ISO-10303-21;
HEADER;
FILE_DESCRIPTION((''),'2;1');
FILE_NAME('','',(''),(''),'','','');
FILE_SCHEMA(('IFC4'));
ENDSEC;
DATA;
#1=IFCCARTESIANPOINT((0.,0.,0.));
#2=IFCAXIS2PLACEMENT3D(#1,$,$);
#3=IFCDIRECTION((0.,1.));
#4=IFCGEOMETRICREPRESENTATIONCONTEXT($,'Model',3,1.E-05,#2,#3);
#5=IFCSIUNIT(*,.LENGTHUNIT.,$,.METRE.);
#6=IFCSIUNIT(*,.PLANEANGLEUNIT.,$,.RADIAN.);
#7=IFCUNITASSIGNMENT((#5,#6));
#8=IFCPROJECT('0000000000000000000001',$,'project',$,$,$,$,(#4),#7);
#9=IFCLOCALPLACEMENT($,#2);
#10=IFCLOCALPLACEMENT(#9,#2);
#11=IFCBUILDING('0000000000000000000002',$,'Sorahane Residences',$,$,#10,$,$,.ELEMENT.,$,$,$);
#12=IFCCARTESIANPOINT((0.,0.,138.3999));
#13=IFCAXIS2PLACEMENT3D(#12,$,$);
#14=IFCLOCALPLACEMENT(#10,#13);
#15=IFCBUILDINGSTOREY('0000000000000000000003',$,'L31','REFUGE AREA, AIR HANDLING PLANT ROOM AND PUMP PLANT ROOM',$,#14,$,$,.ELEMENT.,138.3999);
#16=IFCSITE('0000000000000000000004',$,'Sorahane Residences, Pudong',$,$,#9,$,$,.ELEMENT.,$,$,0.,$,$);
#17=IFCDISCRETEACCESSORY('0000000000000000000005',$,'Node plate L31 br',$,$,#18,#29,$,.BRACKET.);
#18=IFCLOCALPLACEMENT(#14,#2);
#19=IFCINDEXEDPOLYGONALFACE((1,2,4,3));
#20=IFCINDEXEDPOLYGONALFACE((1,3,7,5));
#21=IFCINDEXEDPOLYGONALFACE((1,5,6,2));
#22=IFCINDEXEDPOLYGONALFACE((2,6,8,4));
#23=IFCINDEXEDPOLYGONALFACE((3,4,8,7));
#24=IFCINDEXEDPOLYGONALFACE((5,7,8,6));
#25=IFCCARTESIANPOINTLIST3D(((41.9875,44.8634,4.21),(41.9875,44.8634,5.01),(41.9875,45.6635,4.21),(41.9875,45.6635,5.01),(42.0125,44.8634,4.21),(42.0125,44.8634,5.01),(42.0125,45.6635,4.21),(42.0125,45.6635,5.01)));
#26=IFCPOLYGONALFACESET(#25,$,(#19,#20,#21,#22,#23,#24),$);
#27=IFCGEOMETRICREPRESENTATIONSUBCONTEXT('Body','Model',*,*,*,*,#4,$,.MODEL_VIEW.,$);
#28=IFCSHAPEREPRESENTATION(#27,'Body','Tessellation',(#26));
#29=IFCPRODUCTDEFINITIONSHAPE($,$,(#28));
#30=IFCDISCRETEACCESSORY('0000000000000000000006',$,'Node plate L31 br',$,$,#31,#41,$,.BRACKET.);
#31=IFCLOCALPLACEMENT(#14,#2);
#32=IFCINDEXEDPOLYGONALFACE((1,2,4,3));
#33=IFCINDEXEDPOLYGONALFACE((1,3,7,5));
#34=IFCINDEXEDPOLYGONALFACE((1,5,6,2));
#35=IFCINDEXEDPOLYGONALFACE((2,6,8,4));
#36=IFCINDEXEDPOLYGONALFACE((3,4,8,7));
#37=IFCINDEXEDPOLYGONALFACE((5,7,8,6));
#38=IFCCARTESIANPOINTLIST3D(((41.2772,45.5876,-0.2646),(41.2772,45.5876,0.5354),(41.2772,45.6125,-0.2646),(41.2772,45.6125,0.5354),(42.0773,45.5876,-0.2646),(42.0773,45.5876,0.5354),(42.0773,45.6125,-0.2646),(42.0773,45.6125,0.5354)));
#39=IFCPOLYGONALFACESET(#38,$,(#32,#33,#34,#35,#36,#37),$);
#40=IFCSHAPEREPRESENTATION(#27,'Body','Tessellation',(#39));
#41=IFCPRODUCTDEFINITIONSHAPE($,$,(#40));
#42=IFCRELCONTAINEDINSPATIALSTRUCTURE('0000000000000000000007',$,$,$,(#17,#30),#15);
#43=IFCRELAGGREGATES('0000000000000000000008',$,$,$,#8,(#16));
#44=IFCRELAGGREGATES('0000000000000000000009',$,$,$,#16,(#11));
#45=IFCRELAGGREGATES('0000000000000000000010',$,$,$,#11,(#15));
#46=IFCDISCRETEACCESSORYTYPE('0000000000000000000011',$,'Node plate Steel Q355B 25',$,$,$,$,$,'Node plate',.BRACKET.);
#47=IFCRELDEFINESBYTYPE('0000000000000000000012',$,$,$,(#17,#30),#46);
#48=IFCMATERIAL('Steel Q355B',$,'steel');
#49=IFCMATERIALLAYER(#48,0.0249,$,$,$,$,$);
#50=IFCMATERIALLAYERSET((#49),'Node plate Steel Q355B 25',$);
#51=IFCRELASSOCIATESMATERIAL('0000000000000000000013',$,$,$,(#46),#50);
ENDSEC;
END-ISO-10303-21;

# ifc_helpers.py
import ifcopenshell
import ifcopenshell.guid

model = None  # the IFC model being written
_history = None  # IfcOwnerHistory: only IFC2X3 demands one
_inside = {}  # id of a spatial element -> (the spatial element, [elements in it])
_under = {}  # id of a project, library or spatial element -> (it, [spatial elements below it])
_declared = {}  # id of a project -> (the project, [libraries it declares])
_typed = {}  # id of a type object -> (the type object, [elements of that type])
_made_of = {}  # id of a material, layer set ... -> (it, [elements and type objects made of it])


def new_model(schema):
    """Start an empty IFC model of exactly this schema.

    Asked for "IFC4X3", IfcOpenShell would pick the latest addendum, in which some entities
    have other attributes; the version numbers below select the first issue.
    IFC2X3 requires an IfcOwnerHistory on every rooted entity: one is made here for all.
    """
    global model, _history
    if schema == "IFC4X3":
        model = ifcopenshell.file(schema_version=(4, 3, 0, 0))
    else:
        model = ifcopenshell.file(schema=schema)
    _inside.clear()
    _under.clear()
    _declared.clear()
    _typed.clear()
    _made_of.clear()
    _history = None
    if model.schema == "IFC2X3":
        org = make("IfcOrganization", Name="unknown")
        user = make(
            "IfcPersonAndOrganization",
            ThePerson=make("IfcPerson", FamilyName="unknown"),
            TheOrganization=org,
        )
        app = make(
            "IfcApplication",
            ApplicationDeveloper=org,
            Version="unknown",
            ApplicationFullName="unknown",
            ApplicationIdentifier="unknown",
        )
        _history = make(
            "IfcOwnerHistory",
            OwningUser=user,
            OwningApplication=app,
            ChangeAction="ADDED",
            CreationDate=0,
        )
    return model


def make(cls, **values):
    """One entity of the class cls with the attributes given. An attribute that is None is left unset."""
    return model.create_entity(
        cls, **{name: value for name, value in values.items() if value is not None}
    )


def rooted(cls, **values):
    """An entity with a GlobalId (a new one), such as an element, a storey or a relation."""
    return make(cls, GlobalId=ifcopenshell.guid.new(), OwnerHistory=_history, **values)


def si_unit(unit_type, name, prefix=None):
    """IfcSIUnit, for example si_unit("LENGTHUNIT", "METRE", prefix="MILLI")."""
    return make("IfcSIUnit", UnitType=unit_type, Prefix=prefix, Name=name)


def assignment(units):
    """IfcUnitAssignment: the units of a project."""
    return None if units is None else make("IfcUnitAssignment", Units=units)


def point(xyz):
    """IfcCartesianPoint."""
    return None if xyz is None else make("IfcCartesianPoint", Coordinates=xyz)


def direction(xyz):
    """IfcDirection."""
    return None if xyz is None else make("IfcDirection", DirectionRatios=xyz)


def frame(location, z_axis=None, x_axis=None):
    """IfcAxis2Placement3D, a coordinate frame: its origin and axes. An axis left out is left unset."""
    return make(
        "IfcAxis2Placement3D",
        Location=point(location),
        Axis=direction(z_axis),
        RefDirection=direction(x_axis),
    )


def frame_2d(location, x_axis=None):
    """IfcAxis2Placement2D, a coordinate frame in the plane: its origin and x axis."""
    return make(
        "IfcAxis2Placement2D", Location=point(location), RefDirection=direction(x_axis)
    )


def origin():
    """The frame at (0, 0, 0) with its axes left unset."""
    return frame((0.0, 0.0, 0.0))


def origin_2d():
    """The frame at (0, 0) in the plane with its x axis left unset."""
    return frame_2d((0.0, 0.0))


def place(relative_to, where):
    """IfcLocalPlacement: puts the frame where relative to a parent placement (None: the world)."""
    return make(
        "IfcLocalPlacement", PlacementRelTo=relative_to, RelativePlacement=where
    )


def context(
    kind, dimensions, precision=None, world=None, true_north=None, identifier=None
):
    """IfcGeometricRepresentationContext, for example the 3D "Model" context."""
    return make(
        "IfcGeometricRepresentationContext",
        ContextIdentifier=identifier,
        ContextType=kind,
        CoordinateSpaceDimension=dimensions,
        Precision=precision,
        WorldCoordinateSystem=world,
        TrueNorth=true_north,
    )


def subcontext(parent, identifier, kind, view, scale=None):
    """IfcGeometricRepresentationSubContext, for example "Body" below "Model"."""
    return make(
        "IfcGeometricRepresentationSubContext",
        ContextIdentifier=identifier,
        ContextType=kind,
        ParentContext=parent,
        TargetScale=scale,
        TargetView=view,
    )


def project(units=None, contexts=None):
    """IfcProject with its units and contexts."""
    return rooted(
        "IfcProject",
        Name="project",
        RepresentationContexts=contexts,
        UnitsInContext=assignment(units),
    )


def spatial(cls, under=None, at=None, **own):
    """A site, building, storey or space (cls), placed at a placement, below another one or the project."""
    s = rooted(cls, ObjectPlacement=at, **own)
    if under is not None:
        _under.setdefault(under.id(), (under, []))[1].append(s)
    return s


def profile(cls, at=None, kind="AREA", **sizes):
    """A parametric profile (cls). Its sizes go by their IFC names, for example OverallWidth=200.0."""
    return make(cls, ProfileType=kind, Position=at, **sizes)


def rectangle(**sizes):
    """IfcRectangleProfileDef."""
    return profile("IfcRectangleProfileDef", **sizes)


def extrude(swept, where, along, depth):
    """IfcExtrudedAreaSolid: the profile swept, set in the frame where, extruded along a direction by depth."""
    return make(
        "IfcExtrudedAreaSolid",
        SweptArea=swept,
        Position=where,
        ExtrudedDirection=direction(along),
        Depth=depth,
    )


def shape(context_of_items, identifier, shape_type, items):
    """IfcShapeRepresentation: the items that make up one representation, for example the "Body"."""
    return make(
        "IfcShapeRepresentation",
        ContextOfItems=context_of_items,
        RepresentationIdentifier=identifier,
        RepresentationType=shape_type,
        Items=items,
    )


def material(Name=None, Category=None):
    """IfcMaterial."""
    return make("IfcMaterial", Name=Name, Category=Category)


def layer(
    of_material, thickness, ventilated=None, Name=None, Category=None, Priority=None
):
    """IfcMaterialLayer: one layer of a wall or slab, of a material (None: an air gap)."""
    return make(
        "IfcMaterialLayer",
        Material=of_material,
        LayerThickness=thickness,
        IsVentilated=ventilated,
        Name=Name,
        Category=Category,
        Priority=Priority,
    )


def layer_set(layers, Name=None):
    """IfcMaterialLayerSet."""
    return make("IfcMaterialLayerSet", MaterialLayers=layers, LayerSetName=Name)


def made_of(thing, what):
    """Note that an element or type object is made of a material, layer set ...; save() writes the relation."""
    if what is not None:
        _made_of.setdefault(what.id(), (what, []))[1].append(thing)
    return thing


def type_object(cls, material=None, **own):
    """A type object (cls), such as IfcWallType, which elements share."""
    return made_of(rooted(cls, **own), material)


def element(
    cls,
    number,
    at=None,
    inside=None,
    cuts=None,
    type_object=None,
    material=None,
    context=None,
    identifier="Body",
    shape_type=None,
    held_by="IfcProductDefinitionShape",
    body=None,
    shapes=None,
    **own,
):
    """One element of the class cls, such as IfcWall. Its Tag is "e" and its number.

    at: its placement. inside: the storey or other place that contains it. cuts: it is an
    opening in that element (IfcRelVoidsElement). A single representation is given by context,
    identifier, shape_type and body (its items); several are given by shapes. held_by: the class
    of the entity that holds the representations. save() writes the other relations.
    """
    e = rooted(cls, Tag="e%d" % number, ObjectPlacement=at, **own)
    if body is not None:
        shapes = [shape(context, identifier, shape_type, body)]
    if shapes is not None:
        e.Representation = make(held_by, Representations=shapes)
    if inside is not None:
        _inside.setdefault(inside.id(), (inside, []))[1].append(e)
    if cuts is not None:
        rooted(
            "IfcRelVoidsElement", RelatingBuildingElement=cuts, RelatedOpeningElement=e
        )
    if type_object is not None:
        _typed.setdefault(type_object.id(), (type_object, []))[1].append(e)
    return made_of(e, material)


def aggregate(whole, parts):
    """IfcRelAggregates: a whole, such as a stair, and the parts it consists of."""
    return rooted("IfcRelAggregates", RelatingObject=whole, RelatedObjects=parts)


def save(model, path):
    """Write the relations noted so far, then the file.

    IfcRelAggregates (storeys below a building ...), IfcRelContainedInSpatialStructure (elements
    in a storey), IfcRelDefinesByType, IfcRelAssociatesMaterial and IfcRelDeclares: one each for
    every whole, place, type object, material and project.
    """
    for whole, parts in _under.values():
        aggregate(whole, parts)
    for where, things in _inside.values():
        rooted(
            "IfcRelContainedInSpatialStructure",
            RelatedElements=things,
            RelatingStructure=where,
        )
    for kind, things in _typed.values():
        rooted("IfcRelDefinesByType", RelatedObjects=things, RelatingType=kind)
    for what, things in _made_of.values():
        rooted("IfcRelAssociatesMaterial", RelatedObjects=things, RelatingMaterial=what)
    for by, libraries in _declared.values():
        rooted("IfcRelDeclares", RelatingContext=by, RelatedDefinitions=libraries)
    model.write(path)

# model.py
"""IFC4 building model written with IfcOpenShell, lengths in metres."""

from ifc_helpers import new_model, si_unit, direction, frame, origin, origin_2d, place, context, subcontext, project, spatial, rectangle, extrude, material, layer, layer_set, type_object, element, save


model = new_model("IFC4")

# Units and contexts
model_context = context("Model", 3, precision=1e-05, world=origin(), true_north=direction((0.0, 1.0)))
body_context = subcontext(model_context, "Body", "Model", "MODEL_VIEW")
ifc_project = project(units=[si_unit("LENGTHUNIT", "METRE"), si_unit("PLANEANGLEUNIT", "RADIAN")], contexts=[model_context])

# Site, building, storey
site_placement = place(None, origin())
site = spatial("IfcSite", under=ifc_project, at=site_placement, Name="Sorahane Residences, Pudong", CompositionType="ELEMENT", RefElevation=0.0)
building_placement = place(site_placement, origin())
building = spatial("IfcBuilding", under=site, at=building_placement, Name="Sorahane Residences", CompositionType="ELEMENT")
storey_placement = place(building_placement, frame((0.0, 0.0, 138.3999)))
storey = spatial("IfcBuildingStorey", under=building, at=storey_placement, Name="L31", Description="REFUGE AREA, AIR HANDLING PLANT ROOM AND PUMP PLANT ROOM", CompositionType="ELEMENT", Elevation=138.3999)

# Discrete accessories
ifc_material_1 = material(Name="Steel Q355B", Category="steel")
ifc_layer_1 = layer(ifc_material_1, 0.0249)
ifc_layer_set_1 = layer_set([ifc_layer_1], Name="Node plate Steel Q355B 25")
discrete_accessory_type = type_object("IfcDiscreteAccessoryType", Name="Node plate Steel Q355B 25", ElementType="Node plate", PredefinedType="BRACKET", material=ifc_layer_set_1)
for number, where, z_axis, x_axis, name in (
    (1, (42.0, 45.2634, 4.21), (0.0, 0.0, 1.0), (0.0, 1.0, 0.0), "Node plate L31 br"),
    (2, (41.6772, 45.6001, -0.2646), (0.0, 0.0, 1.0), (1.0, 0.0, 0.0), "Node plate L31 br"),
):
    element("IfcDiscreteAccessory", number, at=place(storey_placement, frame(where, z_axis=z_axis, x_axis=x_axis)), inside=storey, type_object=discrete_accessory_type, Name=name, PredefinedType="BRACKET", context=body_context, shape_type="SweptSolid", body=[
        extrude(rectangle(XDim=0.8, YDim=0.0249, at=origin_2d()), origin(), (0.0, 0.0, 1.0), 0.8),
    ])

save(model, "model.ifc")
